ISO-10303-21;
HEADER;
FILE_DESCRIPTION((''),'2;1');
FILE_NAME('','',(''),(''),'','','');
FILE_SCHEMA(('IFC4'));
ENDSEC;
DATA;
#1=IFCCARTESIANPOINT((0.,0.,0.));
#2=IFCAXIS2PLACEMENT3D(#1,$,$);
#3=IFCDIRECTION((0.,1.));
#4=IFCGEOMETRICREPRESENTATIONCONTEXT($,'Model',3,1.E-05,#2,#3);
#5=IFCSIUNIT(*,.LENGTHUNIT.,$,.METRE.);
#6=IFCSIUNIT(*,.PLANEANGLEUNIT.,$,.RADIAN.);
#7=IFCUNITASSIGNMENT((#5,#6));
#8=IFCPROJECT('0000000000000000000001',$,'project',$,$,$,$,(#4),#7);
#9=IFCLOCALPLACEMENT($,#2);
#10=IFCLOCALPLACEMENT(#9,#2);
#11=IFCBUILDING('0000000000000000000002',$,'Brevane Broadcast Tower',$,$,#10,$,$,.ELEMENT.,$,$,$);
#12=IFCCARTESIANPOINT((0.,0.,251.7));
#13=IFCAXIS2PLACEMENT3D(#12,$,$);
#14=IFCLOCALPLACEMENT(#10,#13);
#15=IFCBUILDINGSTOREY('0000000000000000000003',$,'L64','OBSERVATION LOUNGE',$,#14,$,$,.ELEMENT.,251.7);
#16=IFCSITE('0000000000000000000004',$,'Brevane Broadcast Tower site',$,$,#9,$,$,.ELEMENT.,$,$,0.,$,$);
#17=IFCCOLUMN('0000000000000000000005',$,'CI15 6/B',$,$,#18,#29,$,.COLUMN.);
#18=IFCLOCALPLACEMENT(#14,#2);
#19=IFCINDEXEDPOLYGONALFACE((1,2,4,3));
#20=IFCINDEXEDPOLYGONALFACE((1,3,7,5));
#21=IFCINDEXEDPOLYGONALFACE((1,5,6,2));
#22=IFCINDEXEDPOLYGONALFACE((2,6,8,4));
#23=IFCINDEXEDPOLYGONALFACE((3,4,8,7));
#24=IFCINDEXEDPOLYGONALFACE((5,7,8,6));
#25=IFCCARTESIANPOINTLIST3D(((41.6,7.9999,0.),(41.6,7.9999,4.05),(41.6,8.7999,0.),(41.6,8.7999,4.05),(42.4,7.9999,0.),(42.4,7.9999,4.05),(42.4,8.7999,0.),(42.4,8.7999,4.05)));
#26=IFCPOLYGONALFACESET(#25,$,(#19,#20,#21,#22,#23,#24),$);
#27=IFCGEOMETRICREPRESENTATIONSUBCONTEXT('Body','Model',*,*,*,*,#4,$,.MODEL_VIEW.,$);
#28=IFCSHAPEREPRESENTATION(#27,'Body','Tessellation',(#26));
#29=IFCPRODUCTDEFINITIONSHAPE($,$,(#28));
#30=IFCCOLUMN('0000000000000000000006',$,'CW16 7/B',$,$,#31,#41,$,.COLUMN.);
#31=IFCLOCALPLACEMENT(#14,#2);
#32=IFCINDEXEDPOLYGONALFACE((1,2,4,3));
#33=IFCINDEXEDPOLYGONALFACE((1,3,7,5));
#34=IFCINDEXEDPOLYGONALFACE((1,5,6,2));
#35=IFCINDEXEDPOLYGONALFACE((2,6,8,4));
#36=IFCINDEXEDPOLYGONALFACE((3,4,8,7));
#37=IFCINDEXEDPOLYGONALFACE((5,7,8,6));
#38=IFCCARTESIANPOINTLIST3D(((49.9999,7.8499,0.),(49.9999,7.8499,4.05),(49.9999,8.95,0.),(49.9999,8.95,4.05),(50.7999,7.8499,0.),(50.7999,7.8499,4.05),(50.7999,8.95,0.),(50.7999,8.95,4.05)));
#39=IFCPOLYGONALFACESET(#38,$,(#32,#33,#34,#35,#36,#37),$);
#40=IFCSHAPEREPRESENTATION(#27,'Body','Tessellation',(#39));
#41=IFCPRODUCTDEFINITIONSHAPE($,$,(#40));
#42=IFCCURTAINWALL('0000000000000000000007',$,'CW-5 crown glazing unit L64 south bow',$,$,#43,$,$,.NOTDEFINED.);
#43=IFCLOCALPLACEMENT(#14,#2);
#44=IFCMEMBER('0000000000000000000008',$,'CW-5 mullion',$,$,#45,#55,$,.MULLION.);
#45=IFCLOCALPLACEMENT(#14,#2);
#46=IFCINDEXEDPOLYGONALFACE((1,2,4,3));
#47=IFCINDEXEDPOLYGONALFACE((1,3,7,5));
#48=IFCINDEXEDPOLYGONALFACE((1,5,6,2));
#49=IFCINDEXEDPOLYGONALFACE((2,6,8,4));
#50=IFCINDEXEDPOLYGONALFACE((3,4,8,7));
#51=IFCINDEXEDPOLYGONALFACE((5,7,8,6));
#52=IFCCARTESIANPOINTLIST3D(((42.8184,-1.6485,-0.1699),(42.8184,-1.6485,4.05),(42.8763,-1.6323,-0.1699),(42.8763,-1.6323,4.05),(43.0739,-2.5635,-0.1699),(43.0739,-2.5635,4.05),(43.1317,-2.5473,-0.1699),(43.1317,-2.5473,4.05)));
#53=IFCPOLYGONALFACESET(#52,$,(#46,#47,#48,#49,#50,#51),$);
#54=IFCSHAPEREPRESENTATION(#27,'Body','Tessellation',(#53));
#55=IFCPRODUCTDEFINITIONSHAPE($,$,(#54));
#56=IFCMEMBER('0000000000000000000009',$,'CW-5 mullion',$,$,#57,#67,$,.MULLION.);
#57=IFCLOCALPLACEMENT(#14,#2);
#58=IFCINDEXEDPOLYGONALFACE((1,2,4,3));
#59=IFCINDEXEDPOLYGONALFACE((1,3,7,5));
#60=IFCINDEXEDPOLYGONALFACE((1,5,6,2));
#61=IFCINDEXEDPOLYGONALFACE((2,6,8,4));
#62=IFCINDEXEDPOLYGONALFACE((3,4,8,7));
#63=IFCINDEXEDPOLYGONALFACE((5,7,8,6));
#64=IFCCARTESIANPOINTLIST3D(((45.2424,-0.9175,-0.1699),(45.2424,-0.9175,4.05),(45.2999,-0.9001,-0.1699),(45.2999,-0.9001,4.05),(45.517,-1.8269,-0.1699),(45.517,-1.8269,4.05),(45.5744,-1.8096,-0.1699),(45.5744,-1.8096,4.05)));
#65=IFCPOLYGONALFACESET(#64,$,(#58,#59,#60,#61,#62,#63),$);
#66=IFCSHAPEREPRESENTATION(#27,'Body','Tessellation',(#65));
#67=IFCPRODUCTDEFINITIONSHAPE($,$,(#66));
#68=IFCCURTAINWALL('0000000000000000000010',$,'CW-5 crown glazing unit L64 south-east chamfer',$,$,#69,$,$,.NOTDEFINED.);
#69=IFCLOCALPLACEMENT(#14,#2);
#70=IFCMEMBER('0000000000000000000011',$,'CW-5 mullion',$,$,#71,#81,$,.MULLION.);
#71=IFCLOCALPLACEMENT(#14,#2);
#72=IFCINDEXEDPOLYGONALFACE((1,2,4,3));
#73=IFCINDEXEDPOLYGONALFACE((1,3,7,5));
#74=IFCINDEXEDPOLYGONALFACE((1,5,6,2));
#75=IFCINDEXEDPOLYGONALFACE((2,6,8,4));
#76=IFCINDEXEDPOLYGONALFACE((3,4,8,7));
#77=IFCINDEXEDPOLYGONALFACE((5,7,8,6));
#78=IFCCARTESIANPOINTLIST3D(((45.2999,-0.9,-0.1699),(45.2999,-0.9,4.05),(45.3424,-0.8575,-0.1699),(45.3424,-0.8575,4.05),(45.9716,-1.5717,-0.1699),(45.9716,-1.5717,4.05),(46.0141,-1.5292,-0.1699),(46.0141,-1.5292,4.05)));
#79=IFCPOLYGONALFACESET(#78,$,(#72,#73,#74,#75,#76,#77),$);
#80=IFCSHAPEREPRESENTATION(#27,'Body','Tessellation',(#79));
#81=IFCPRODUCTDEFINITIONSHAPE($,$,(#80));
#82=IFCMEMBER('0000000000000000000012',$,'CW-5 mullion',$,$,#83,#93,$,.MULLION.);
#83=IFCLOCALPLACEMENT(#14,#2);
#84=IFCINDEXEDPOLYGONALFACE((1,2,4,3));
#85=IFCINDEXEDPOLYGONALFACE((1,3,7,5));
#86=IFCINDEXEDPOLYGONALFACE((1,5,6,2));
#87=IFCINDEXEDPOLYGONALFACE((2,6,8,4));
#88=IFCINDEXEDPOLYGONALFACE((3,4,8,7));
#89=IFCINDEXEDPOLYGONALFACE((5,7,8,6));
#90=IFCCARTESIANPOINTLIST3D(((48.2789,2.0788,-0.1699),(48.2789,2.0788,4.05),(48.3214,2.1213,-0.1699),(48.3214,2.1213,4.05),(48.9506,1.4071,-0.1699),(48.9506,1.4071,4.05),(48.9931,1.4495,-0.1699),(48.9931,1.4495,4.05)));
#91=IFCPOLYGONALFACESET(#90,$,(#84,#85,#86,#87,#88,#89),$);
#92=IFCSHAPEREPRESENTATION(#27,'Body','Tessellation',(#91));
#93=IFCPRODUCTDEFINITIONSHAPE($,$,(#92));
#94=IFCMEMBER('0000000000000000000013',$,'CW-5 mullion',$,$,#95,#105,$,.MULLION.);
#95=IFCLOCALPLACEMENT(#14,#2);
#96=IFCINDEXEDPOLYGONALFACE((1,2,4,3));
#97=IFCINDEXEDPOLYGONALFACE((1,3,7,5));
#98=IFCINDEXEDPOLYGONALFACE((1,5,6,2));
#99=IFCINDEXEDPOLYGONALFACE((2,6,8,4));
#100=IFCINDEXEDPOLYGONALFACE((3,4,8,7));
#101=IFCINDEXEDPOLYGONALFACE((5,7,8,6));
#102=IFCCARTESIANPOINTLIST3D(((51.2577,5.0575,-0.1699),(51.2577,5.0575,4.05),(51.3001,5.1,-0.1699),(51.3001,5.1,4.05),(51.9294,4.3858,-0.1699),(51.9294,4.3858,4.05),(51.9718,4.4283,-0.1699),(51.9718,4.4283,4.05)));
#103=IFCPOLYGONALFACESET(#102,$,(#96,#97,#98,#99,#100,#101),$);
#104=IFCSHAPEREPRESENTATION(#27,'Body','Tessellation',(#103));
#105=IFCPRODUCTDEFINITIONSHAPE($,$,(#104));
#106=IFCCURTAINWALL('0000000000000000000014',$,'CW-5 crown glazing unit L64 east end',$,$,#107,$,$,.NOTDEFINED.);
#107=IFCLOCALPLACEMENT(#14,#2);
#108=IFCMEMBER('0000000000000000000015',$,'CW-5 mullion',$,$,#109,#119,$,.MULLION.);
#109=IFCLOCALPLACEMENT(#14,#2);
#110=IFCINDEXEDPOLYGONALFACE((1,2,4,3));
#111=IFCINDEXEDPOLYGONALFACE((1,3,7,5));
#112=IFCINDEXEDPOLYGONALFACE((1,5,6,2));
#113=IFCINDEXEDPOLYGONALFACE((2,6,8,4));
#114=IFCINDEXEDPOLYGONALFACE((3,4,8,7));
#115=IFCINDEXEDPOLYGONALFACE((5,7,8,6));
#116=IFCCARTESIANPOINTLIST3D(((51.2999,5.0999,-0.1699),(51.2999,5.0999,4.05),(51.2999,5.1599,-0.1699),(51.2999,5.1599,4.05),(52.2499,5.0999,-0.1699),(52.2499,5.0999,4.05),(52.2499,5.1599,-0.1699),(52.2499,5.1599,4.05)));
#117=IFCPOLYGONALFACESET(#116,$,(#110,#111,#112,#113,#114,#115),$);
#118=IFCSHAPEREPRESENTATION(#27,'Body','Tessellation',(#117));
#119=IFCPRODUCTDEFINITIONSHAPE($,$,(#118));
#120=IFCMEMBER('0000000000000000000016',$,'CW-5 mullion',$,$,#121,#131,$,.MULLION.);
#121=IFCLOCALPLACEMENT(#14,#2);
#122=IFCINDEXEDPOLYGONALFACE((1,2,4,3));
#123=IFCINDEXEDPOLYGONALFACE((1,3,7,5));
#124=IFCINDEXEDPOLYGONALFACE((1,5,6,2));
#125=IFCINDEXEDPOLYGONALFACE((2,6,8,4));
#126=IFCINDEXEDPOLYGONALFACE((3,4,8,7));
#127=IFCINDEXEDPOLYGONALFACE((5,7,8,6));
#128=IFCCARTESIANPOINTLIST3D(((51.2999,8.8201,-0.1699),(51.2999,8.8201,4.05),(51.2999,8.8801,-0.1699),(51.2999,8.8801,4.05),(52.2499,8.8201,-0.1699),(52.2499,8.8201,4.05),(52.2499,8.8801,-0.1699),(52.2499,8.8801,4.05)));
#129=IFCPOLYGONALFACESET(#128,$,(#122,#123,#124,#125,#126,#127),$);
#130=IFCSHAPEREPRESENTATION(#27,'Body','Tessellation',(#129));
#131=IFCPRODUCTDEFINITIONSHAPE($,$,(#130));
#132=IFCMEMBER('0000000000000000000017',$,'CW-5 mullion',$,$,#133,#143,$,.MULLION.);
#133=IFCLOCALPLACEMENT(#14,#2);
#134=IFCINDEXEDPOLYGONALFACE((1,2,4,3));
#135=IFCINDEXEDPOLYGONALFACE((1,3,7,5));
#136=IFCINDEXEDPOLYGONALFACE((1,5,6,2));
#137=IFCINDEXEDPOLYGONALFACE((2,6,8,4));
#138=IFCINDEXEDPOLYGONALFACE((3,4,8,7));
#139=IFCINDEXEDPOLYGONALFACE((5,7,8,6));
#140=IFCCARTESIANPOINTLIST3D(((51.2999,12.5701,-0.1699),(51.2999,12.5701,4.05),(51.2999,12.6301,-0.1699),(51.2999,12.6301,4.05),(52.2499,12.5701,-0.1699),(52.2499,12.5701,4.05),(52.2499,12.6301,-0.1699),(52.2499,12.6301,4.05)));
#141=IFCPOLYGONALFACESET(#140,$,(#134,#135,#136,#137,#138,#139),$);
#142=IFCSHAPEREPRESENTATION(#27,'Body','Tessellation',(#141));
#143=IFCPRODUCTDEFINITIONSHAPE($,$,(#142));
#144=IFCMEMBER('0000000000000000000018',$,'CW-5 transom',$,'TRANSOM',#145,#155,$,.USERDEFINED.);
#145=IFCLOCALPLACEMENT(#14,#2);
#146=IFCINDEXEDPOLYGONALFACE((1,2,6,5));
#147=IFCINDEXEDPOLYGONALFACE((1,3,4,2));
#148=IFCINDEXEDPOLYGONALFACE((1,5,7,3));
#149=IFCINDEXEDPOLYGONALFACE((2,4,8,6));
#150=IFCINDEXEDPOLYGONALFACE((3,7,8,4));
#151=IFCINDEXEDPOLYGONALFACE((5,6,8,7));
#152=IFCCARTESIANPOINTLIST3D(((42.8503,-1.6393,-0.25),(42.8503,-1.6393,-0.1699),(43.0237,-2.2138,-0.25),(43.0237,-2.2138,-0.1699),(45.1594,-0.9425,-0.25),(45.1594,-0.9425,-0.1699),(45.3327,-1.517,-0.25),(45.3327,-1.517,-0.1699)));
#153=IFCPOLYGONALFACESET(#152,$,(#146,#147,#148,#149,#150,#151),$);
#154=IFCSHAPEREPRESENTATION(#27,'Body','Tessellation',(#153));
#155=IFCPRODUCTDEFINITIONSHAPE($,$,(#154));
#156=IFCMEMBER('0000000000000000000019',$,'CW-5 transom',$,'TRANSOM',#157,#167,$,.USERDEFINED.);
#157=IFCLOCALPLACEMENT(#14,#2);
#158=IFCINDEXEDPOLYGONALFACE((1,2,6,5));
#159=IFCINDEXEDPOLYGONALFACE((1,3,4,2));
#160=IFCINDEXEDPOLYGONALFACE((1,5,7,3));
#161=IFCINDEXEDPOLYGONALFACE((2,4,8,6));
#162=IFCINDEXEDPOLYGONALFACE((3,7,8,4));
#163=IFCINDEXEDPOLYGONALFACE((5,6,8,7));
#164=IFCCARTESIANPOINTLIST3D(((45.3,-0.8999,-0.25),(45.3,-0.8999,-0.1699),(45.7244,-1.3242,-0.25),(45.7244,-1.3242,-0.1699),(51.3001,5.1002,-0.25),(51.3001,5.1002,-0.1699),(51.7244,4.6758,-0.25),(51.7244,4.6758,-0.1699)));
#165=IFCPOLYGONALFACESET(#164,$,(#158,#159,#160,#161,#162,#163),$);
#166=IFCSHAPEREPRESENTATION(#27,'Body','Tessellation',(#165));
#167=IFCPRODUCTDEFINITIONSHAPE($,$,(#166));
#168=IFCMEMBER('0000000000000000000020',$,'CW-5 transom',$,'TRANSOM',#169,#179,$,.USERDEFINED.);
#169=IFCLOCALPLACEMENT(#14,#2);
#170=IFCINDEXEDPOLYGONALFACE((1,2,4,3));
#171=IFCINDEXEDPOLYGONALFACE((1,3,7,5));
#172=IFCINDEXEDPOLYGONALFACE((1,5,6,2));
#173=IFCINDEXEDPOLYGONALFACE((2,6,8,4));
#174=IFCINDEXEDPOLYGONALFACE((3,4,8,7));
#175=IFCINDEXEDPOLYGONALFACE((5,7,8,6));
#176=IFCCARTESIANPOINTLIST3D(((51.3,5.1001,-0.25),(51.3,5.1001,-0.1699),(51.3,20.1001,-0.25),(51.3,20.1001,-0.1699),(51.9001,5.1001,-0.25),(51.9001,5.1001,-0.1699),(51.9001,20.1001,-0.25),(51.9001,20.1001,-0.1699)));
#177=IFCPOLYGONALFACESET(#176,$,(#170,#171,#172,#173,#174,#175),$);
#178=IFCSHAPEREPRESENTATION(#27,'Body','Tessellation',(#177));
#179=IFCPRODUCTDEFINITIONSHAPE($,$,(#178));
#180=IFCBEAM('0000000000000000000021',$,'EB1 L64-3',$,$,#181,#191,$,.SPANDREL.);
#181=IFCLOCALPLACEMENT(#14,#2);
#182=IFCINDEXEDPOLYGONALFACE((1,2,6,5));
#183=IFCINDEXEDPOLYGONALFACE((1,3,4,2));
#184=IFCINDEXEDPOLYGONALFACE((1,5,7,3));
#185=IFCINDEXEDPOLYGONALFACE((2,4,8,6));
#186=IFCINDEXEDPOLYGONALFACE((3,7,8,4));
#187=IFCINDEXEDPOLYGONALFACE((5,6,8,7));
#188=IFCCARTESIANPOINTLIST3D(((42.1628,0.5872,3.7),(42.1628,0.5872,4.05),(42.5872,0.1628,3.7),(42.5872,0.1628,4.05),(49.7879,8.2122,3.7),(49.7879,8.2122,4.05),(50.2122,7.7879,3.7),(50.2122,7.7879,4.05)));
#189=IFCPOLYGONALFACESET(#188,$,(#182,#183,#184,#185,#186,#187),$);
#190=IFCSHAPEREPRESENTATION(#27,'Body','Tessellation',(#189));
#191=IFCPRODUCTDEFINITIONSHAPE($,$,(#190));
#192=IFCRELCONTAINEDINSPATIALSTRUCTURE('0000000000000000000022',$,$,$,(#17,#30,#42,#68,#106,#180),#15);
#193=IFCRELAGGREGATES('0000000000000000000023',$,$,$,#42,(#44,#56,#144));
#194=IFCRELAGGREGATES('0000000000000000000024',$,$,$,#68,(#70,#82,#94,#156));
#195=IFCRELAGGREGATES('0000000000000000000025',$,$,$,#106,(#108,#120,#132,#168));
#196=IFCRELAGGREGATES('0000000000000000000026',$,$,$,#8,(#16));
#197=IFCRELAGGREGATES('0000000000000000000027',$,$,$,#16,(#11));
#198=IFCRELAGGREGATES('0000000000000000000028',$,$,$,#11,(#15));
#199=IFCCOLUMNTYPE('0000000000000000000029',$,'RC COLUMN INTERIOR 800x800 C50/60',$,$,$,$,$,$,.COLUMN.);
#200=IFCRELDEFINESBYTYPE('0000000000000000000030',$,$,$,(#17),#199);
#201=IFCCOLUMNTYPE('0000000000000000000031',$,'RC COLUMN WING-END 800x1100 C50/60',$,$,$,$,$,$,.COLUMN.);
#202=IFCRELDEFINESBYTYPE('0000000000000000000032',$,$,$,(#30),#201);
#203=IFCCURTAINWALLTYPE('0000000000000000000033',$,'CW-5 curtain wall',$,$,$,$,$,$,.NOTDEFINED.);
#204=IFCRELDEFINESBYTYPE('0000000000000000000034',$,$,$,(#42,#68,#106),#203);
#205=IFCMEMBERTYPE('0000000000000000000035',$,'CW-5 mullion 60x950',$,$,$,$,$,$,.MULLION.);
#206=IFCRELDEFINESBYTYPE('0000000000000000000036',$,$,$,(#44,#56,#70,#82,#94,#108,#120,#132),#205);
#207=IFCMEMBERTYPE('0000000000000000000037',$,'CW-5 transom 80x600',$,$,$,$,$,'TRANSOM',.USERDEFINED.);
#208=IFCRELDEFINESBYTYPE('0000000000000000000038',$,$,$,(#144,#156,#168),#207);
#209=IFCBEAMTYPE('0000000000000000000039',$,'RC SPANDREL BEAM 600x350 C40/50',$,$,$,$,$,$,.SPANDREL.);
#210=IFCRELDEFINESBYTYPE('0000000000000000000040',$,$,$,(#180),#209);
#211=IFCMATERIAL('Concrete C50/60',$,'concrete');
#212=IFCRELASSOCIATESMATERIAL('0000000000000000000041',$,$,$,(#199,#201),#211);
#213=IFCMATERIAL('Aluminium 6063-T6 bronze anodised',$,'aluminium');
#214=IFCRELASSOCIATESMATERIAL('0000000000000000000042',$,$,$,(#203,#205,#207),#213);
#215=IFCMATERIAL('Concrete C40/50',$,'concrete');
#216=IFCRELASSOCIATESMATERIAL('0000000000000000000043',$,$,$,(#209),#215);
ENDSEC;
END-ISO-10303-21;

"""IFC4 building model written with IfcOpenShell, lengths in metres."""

from ifc_helpers import new_model, si_unit, direction, frame, origin, origin_2d, place, context, subcontext, project, spatial, rectangle, extrude, material, material_profile, profile_set, type_object, element, aggregate, save


model = new_model("IFC4")

# Units and contexts
model_context = context("Model", 3, precision=1e-05, world=origin(), true_north=direction((0.0, 1.0)))
body_context = subcontext(model_context, "Body", "Model", "MODEL_VIEW")
ifc_project = project(units=[si_unit("LENGTHUNIT", "METRE"), si_unit("PLANEANGLEUNIT", "RADIAN")], contexts=[model_context])

# Site, building, storey
site_placement = place(None, origin())
site = spatial("IfcSite", under=ifc_project, at=site_placement, Name="Brevane Broadcast Tower site", CompositionType="ELEMENT", RefElevation=0.0)
building_placement = place(site_placement, origin())
building = spatial("IfcBuilding", under=site, at=building_placement, Name="Brevane Broadcast Tower", CompositionType="ELEMENT")
storey_placement = place(building_placement, frame((0.0, 0.0, 251.7)))
storey = spatial("IfcBuildingStorey", under=building, at=storey_placement, Name="L64", Description="OBSERVATION LOUNGE", CompositionType="ELEMENT", Elevation=251.7)

# Columns
ifc_material_1 = material(Name="Concrete C50/60", Category="concrete")
ifc_material_profile_1 = material_profile(ifc_material_1, rectangle(XDim=0.8, YDim=0.8, at=origin_2d()), Name="RC 800x800")
ifc_profile_set_1 = profile_set([ifc_material_profile_1], Name="Concrete C50/60")
column_type_1 = type_object("IfcColumnType", Name="RC COLUMN INTERIOR 800x800 C50/60", PredefinedType="COLUMN", material=ifc_profile_set_1)
column_1_placement = place(storey_placement, frame((42.0, 8.3999, 0.0), z_axis=(0.0, 0.0, 1.0), x_axis=(1.0, 0.0, 0.0)))
element("IfcColumn", 1, at=column_1_placement, inside=storey, type_object=column_type_1, Name="CI15 6/B", PredefinedType="COLUMN", context=body_context, shape_type="SweptSolid", body=[
    extrude(rectangle(XDim=0.8, YDim=0.8, at=origin_2d()), origin(), (0.0, 0.0, 1.0), 4.05),
])
ifc_material_profile_2 = material_profile(ifc_material_1, rectangle(XDim=0.8, YDim=1.1001, at=origin_2d()), Name="RC 800x1100")
ifc_profile_set_2 = profile_set([ifc_material_profile_2], Name="Concrete C50/60")
column_type_2 = type_object("IfcColumnType", Name="RC COLUMN WING-END 800x1100 C50/60", PredefinedType="COLUMN", material=ifc_profile_set_2)
column_2_placement = place(storey_placement, frame((50.3999, 8.3999, 0.0), z_axis=(0.0, 0.0, 1.0), x_axis=(1.0, 0.0, 0.0)))
element("IfcColumn", 2, at=column_2_placement, inside=storey, type_object=column_type_2, Name="CW16 7/B", PredefinedType="COLUMN", context=body_context, shape_type="SweptSolid", body=[
    extrude(rectangle(XDim=0.8, YDim=1.1001, at=origin_2d()), origin(), (0.0, 0.0, 1.0), 4.05),
])

# Curtain walls, members
ifc_material_2 = material(Name="Aluminium 6063-T6 bronze anodised", Category="aluminium")
curtain_wall_type = type_object("IfcCurtainWallType", Name="CW-5 curtain wall", PredefinedType="NOTDEFINED", material=ifc_material_2)
curtain_wall_1_placement = place(storey_placement, origin())
curtain_wall_1 = element("IfcCurtainWall", 3, at=curtain_wall_1_placement, inside=storey, type_object=curtain_wall_type, Name="CW-5 crown glazing unit L64 south bow", PredefinedType="NOTDEFINED")
ifc_material_profile_3 = material_profile(ifc_material_2, rectangle(XDim=0.95, YDim=0.0601, at=origin_2d()), Name="RECT 60x950")
ifc_profile_set_3 = profile_set([ifc_material_profile_3], Name="Aluminium 6063-T6 bronze anodised")
member_type_1 = type_object("IfcMemberType", Name="CW-5 mullion 60x950", PredefinedType="MULLION", material=ifc_profile_set_3)
member_1_placement = place(storey_placement, frame((42.9751, -2.0979, -0.1699), z_axis=(0.0, 0.0, 1.0), x_axis=(-0.268916, 0.963164, 0.0)))
member_1 = element("IfcMember", 4, at=member_1_placement, type_object=member_type_1, Name="CW-5 mullion", PredefinedType="MULLION", context=body_context, shape_type="SweptSolid", body=[
    extrude(rectangle(XDim=0.95, YDim=0.0601, at=origin_2d()), origin(), (0.0, 0.0, 1.0), 4.22),
])
member_2_placement = place(storey_placement, frame((45.4084, -1.3635, -0.1699), z_axis=(0.0, 0.0, 1.0), x_axis=(-0.288968, 0.957339, 0.0)))
member_2 = element("IfcMember", 5, at=member_2_placement, type_object=member_type_1, Name="CW-5 mullion", PredefinedType="MULLION", context=body_context, shape_type="SweptSolid", body=[
    extrude(rectangle(XDim=0.95, YDim=0.0601, at=origin_2d()), origin(), (0.0, 0.0, 1.0), 4.22),
])
curtain_wall_2_placement = place(storey_placement, origin())
curtain_wall_2 = element("IfcCurtainWall", 6, at=curtain_wall_2_placement, inside=storey, type_object=curtain_wall_type, Name="CW-5 crown glazing unit L64 south-east chamfer", PredefinedType="NOTDEFINED")
member_3_placement = place(storey_placement, frame((45.657, -1.2146, -0.1699), z_axis=(0.0, 0.0, 1.0), x_axis=(-0.707107, 0.707107, 0.0)))
member_3 = element("IfcMember", 7, at=member_3_placement, type_object=member_type_1, Name="CW-5 mullion", PredefinedType="MULLION", context=body_context, shape_type="SweptSolid", body=[
    extrude(rectangle(XDim=0.95, YDim=0.0601, at=origin_2d()), origin(), (0.0, 0.0, 1.0), 4.22),
])
member_4_placement = place(storey_placement, frame((48.636, 1.7642, -0.1699), z_axis=(0.0, 0.0, 1.0), x_axis=(-0.707107, 0.707107, 0.0)))
member_4 = element("IfcMember", 8, at=member_4_placement, type_object=member_type_1, Name="CW-5 mullion", PredefinedType="MULLION", context=body_context, shape_type="SweptSolid", body=[
    extrude(rectangle(XDim=0.95, YDim=0.0601, at=origin_2d()), origin(), (0.0, 0.0, 1.0), 4.22),
])
member_5_placement = place(storey_placement, frame((51.6147, 4.7429, -0.1699), z_axis=(0.0, 0.0, 1.0), x_axis=(-0.707107, 0.707107, 0.0)))
member_5 = element("IfcMember", 9, at=member_5_placement, type_object=member_type_1, Name="CW-5 mullion", PredefinedType="MULLION", context=body_context, shape_type="SweptSolid", body=[
    extrude(rectangle(XDim=0.95, YDim=0.0601, at=origin_2d()), origin(), (0.0, 0.0, 1.0), 4.22),
])
curtain_wall_3_placement = place(storey_placement, origin())
curtain_wall_3 = element("IfcCurtainWall", 10, at=curtain_wall_3_placement, inside=storey, type_object=curtain_wall_type, Name="CW-5 crown glazing unit L64 east end", PredefinedType="NOTDEFINED")
member_6_placement = place(storey_placement, frame((51.7749, 5.1299, -0.1699), z_axis=(0.0, 0.0, 1.0), x_axis=(-1.0, 0.0, 0.0)))
member_6 = element("IfcMember", 11, at=member_6_placement, type_object=member_type_1, Name="CW-5 mullion", PredefinedType="MULLION", context=body_context, shape_type="SweptSolid", body=[
    extrude(rectangle(XDim=0.95, YDim=0.0601, at=origin_2d()), origin(), (0.0, 0.0, 1.0), 4.22),
])
member_7_placement = place(storey_placement, frame((51.7749, 8.8501, -0.1699), z_axis=(0.0, 0.0, 1.0), x_axis=(-1.0, 0.0, 0.0)))
member_7 = element("IfcMember", 12, at=member_7_placement, type_object=member_type_1, Name="CW-5 mullion", PredefinedType="MULLION", context=body_context, shape_type="SweptSolid", body=[
    extrude(rectangle(XDim=0.95, YDim=0.0601, at=origin_2d()), origin(), (0.0, 0.0, 1.0), 4.22),
])
member_8_placement = place(storey_placement, frame((51.7749, 12.6001, -0.1699), z_axis=(0.0, 0.0, 1.0), x_axis=(-1.0, 0.0, 0.0)))
member_8 = element("IfcMember", 13, at=member_8_placement, type_object=member_type_1, Name="CW-5 mullion", PredefinedType="MULLION", context=body_context, shape_type="SweptSolid", body=[
    extrude(rectangle(XDim=0.95, YDim=0.0601, at=origin_2d()), origin(), (0.0, 0.0, 1.0), 4.22),
])

# Members
ifc_material_profile_4 = material_profile(ifc_material_2, rectangle(XDim=0.6001, YDim=0.0801, at=origin_2d()), Name="RECT 80x600")
ifc_profile_set_4 = profile_set([ifc_material_profile_4], Name="Aluminium 6063-T6 bronze anodised")
member_type_2 = type_object("IfcMemberType", Name="CW-5 transom 80x600", ElementType="TRANSOM", PredefinedType="USERDEFINED", material=ifc_profile_set_4)
member_9_placement = place(storey_placement, frame((42.937, -1.9265, -0.21), z_axis=(0.957363, 0.288889, 0.0), x_axis=(-0.288889, 0.957363, 0.0)))
member_9 = element("IfcMember", 14, at=member_9_placement, type_object=member_type_2, Name="CW-5 transom", ObjectType="TRANSOM", PredefinedType="USERDEFINED", context=body_context, shape_type="SweptSolid", body=[
    extrude(rectangle(XDim=0.6001, YDim=0.0801, at=origin_2d()), origin(), (0.0, 0.0, 1.0), 2.4119),
])
aggregate(curtain_wall_1, [member_1, member_2, member_9])
member_10_placement = place(storey_placement, frame((45.5122, -1.1121, -0.21), z_axis=(0.707107, 0.707107, 0.0), x_axis=(-0.707107, 0.707107, 0.0)))
member_10 = element("IfcMember", 15, at=member_10_placement, type_object=member_type_2, Name="CW-5 transom", ObjectType="TRANSOM", PredefinedType="USERDEFINED", context=body_context, shape_type="SweptSolid", body=[
    extrude(rectangle(XDim=0.6001, YDim=0.0801, at=origin_2d()), origin(), (0.0, 0.0, 1.0), 8.4854),
])
aggregate(curtain_wall_2, [member_3, member_4, member_5, member_10])
member_11_placement = place(storey_placement, frame((51.6001, 5.1001, -0.21), z_axis=(0.0, 1.0, 0.0), x_axis=(-1.0, 0.0, 0.0)))
member_11 = element("IfcMember", 16, at=member_11_placement, type_object=member_type_2, Name="CW-5 transom", ObjectType="TRANSOM", PredefinedType="USERDEFINED", context=body_context, shape_type="SweptSolid", body=[
    extrude(rectangle(XDim=0.6001, YDim=0.0801, at=origin_2d()), origin(), (0.0, 0.0, 1.0), 15.0),
])
aggregate(curtain_wall_3, [member_6, member_7, member_8, member_11])

# Beam
ifc_material_3 = material(Name="Concrete C40/50", Category="concrete")
ifc_material_profile_5 = material_profile(ifc_material_3, rectangle(XDim=0.6001, YDim=0.3501, at=origin_2d()), Name="RC 600x350")
ifc_profile_set_5 = profile_set([ifc_material_profile_5], Name="Concrete C40/50")
beam_type = type_object("IfcBeamType", Name="RC SPANDREL BEAM 600x350 C40/50", PredefinedType="SPANDREL", material=ifc_profile_set_5)
beam_1_placement = place(storey_placement, frame((42.375, 0.375, 3.875), z_axis=(0.707107, 0.707107, 0.0), x_axis=(-0.707107, 0.707107, 0.0)))
element("IfcBeam", 17, at=beam_1_placement, inside=storey, type_object=beam_type, Name="EB1 L64-3", PredefinedType="SPANDREL", context=body_context, shape_type="SweptSolid", body=[
    extrude(rectangle(XDim=0.6001, YDim=0.3501, at=origin_2d()), origin(), (0.0, 0.0, 1.0), 10.7834),
])

save(model, "model.ifc")
